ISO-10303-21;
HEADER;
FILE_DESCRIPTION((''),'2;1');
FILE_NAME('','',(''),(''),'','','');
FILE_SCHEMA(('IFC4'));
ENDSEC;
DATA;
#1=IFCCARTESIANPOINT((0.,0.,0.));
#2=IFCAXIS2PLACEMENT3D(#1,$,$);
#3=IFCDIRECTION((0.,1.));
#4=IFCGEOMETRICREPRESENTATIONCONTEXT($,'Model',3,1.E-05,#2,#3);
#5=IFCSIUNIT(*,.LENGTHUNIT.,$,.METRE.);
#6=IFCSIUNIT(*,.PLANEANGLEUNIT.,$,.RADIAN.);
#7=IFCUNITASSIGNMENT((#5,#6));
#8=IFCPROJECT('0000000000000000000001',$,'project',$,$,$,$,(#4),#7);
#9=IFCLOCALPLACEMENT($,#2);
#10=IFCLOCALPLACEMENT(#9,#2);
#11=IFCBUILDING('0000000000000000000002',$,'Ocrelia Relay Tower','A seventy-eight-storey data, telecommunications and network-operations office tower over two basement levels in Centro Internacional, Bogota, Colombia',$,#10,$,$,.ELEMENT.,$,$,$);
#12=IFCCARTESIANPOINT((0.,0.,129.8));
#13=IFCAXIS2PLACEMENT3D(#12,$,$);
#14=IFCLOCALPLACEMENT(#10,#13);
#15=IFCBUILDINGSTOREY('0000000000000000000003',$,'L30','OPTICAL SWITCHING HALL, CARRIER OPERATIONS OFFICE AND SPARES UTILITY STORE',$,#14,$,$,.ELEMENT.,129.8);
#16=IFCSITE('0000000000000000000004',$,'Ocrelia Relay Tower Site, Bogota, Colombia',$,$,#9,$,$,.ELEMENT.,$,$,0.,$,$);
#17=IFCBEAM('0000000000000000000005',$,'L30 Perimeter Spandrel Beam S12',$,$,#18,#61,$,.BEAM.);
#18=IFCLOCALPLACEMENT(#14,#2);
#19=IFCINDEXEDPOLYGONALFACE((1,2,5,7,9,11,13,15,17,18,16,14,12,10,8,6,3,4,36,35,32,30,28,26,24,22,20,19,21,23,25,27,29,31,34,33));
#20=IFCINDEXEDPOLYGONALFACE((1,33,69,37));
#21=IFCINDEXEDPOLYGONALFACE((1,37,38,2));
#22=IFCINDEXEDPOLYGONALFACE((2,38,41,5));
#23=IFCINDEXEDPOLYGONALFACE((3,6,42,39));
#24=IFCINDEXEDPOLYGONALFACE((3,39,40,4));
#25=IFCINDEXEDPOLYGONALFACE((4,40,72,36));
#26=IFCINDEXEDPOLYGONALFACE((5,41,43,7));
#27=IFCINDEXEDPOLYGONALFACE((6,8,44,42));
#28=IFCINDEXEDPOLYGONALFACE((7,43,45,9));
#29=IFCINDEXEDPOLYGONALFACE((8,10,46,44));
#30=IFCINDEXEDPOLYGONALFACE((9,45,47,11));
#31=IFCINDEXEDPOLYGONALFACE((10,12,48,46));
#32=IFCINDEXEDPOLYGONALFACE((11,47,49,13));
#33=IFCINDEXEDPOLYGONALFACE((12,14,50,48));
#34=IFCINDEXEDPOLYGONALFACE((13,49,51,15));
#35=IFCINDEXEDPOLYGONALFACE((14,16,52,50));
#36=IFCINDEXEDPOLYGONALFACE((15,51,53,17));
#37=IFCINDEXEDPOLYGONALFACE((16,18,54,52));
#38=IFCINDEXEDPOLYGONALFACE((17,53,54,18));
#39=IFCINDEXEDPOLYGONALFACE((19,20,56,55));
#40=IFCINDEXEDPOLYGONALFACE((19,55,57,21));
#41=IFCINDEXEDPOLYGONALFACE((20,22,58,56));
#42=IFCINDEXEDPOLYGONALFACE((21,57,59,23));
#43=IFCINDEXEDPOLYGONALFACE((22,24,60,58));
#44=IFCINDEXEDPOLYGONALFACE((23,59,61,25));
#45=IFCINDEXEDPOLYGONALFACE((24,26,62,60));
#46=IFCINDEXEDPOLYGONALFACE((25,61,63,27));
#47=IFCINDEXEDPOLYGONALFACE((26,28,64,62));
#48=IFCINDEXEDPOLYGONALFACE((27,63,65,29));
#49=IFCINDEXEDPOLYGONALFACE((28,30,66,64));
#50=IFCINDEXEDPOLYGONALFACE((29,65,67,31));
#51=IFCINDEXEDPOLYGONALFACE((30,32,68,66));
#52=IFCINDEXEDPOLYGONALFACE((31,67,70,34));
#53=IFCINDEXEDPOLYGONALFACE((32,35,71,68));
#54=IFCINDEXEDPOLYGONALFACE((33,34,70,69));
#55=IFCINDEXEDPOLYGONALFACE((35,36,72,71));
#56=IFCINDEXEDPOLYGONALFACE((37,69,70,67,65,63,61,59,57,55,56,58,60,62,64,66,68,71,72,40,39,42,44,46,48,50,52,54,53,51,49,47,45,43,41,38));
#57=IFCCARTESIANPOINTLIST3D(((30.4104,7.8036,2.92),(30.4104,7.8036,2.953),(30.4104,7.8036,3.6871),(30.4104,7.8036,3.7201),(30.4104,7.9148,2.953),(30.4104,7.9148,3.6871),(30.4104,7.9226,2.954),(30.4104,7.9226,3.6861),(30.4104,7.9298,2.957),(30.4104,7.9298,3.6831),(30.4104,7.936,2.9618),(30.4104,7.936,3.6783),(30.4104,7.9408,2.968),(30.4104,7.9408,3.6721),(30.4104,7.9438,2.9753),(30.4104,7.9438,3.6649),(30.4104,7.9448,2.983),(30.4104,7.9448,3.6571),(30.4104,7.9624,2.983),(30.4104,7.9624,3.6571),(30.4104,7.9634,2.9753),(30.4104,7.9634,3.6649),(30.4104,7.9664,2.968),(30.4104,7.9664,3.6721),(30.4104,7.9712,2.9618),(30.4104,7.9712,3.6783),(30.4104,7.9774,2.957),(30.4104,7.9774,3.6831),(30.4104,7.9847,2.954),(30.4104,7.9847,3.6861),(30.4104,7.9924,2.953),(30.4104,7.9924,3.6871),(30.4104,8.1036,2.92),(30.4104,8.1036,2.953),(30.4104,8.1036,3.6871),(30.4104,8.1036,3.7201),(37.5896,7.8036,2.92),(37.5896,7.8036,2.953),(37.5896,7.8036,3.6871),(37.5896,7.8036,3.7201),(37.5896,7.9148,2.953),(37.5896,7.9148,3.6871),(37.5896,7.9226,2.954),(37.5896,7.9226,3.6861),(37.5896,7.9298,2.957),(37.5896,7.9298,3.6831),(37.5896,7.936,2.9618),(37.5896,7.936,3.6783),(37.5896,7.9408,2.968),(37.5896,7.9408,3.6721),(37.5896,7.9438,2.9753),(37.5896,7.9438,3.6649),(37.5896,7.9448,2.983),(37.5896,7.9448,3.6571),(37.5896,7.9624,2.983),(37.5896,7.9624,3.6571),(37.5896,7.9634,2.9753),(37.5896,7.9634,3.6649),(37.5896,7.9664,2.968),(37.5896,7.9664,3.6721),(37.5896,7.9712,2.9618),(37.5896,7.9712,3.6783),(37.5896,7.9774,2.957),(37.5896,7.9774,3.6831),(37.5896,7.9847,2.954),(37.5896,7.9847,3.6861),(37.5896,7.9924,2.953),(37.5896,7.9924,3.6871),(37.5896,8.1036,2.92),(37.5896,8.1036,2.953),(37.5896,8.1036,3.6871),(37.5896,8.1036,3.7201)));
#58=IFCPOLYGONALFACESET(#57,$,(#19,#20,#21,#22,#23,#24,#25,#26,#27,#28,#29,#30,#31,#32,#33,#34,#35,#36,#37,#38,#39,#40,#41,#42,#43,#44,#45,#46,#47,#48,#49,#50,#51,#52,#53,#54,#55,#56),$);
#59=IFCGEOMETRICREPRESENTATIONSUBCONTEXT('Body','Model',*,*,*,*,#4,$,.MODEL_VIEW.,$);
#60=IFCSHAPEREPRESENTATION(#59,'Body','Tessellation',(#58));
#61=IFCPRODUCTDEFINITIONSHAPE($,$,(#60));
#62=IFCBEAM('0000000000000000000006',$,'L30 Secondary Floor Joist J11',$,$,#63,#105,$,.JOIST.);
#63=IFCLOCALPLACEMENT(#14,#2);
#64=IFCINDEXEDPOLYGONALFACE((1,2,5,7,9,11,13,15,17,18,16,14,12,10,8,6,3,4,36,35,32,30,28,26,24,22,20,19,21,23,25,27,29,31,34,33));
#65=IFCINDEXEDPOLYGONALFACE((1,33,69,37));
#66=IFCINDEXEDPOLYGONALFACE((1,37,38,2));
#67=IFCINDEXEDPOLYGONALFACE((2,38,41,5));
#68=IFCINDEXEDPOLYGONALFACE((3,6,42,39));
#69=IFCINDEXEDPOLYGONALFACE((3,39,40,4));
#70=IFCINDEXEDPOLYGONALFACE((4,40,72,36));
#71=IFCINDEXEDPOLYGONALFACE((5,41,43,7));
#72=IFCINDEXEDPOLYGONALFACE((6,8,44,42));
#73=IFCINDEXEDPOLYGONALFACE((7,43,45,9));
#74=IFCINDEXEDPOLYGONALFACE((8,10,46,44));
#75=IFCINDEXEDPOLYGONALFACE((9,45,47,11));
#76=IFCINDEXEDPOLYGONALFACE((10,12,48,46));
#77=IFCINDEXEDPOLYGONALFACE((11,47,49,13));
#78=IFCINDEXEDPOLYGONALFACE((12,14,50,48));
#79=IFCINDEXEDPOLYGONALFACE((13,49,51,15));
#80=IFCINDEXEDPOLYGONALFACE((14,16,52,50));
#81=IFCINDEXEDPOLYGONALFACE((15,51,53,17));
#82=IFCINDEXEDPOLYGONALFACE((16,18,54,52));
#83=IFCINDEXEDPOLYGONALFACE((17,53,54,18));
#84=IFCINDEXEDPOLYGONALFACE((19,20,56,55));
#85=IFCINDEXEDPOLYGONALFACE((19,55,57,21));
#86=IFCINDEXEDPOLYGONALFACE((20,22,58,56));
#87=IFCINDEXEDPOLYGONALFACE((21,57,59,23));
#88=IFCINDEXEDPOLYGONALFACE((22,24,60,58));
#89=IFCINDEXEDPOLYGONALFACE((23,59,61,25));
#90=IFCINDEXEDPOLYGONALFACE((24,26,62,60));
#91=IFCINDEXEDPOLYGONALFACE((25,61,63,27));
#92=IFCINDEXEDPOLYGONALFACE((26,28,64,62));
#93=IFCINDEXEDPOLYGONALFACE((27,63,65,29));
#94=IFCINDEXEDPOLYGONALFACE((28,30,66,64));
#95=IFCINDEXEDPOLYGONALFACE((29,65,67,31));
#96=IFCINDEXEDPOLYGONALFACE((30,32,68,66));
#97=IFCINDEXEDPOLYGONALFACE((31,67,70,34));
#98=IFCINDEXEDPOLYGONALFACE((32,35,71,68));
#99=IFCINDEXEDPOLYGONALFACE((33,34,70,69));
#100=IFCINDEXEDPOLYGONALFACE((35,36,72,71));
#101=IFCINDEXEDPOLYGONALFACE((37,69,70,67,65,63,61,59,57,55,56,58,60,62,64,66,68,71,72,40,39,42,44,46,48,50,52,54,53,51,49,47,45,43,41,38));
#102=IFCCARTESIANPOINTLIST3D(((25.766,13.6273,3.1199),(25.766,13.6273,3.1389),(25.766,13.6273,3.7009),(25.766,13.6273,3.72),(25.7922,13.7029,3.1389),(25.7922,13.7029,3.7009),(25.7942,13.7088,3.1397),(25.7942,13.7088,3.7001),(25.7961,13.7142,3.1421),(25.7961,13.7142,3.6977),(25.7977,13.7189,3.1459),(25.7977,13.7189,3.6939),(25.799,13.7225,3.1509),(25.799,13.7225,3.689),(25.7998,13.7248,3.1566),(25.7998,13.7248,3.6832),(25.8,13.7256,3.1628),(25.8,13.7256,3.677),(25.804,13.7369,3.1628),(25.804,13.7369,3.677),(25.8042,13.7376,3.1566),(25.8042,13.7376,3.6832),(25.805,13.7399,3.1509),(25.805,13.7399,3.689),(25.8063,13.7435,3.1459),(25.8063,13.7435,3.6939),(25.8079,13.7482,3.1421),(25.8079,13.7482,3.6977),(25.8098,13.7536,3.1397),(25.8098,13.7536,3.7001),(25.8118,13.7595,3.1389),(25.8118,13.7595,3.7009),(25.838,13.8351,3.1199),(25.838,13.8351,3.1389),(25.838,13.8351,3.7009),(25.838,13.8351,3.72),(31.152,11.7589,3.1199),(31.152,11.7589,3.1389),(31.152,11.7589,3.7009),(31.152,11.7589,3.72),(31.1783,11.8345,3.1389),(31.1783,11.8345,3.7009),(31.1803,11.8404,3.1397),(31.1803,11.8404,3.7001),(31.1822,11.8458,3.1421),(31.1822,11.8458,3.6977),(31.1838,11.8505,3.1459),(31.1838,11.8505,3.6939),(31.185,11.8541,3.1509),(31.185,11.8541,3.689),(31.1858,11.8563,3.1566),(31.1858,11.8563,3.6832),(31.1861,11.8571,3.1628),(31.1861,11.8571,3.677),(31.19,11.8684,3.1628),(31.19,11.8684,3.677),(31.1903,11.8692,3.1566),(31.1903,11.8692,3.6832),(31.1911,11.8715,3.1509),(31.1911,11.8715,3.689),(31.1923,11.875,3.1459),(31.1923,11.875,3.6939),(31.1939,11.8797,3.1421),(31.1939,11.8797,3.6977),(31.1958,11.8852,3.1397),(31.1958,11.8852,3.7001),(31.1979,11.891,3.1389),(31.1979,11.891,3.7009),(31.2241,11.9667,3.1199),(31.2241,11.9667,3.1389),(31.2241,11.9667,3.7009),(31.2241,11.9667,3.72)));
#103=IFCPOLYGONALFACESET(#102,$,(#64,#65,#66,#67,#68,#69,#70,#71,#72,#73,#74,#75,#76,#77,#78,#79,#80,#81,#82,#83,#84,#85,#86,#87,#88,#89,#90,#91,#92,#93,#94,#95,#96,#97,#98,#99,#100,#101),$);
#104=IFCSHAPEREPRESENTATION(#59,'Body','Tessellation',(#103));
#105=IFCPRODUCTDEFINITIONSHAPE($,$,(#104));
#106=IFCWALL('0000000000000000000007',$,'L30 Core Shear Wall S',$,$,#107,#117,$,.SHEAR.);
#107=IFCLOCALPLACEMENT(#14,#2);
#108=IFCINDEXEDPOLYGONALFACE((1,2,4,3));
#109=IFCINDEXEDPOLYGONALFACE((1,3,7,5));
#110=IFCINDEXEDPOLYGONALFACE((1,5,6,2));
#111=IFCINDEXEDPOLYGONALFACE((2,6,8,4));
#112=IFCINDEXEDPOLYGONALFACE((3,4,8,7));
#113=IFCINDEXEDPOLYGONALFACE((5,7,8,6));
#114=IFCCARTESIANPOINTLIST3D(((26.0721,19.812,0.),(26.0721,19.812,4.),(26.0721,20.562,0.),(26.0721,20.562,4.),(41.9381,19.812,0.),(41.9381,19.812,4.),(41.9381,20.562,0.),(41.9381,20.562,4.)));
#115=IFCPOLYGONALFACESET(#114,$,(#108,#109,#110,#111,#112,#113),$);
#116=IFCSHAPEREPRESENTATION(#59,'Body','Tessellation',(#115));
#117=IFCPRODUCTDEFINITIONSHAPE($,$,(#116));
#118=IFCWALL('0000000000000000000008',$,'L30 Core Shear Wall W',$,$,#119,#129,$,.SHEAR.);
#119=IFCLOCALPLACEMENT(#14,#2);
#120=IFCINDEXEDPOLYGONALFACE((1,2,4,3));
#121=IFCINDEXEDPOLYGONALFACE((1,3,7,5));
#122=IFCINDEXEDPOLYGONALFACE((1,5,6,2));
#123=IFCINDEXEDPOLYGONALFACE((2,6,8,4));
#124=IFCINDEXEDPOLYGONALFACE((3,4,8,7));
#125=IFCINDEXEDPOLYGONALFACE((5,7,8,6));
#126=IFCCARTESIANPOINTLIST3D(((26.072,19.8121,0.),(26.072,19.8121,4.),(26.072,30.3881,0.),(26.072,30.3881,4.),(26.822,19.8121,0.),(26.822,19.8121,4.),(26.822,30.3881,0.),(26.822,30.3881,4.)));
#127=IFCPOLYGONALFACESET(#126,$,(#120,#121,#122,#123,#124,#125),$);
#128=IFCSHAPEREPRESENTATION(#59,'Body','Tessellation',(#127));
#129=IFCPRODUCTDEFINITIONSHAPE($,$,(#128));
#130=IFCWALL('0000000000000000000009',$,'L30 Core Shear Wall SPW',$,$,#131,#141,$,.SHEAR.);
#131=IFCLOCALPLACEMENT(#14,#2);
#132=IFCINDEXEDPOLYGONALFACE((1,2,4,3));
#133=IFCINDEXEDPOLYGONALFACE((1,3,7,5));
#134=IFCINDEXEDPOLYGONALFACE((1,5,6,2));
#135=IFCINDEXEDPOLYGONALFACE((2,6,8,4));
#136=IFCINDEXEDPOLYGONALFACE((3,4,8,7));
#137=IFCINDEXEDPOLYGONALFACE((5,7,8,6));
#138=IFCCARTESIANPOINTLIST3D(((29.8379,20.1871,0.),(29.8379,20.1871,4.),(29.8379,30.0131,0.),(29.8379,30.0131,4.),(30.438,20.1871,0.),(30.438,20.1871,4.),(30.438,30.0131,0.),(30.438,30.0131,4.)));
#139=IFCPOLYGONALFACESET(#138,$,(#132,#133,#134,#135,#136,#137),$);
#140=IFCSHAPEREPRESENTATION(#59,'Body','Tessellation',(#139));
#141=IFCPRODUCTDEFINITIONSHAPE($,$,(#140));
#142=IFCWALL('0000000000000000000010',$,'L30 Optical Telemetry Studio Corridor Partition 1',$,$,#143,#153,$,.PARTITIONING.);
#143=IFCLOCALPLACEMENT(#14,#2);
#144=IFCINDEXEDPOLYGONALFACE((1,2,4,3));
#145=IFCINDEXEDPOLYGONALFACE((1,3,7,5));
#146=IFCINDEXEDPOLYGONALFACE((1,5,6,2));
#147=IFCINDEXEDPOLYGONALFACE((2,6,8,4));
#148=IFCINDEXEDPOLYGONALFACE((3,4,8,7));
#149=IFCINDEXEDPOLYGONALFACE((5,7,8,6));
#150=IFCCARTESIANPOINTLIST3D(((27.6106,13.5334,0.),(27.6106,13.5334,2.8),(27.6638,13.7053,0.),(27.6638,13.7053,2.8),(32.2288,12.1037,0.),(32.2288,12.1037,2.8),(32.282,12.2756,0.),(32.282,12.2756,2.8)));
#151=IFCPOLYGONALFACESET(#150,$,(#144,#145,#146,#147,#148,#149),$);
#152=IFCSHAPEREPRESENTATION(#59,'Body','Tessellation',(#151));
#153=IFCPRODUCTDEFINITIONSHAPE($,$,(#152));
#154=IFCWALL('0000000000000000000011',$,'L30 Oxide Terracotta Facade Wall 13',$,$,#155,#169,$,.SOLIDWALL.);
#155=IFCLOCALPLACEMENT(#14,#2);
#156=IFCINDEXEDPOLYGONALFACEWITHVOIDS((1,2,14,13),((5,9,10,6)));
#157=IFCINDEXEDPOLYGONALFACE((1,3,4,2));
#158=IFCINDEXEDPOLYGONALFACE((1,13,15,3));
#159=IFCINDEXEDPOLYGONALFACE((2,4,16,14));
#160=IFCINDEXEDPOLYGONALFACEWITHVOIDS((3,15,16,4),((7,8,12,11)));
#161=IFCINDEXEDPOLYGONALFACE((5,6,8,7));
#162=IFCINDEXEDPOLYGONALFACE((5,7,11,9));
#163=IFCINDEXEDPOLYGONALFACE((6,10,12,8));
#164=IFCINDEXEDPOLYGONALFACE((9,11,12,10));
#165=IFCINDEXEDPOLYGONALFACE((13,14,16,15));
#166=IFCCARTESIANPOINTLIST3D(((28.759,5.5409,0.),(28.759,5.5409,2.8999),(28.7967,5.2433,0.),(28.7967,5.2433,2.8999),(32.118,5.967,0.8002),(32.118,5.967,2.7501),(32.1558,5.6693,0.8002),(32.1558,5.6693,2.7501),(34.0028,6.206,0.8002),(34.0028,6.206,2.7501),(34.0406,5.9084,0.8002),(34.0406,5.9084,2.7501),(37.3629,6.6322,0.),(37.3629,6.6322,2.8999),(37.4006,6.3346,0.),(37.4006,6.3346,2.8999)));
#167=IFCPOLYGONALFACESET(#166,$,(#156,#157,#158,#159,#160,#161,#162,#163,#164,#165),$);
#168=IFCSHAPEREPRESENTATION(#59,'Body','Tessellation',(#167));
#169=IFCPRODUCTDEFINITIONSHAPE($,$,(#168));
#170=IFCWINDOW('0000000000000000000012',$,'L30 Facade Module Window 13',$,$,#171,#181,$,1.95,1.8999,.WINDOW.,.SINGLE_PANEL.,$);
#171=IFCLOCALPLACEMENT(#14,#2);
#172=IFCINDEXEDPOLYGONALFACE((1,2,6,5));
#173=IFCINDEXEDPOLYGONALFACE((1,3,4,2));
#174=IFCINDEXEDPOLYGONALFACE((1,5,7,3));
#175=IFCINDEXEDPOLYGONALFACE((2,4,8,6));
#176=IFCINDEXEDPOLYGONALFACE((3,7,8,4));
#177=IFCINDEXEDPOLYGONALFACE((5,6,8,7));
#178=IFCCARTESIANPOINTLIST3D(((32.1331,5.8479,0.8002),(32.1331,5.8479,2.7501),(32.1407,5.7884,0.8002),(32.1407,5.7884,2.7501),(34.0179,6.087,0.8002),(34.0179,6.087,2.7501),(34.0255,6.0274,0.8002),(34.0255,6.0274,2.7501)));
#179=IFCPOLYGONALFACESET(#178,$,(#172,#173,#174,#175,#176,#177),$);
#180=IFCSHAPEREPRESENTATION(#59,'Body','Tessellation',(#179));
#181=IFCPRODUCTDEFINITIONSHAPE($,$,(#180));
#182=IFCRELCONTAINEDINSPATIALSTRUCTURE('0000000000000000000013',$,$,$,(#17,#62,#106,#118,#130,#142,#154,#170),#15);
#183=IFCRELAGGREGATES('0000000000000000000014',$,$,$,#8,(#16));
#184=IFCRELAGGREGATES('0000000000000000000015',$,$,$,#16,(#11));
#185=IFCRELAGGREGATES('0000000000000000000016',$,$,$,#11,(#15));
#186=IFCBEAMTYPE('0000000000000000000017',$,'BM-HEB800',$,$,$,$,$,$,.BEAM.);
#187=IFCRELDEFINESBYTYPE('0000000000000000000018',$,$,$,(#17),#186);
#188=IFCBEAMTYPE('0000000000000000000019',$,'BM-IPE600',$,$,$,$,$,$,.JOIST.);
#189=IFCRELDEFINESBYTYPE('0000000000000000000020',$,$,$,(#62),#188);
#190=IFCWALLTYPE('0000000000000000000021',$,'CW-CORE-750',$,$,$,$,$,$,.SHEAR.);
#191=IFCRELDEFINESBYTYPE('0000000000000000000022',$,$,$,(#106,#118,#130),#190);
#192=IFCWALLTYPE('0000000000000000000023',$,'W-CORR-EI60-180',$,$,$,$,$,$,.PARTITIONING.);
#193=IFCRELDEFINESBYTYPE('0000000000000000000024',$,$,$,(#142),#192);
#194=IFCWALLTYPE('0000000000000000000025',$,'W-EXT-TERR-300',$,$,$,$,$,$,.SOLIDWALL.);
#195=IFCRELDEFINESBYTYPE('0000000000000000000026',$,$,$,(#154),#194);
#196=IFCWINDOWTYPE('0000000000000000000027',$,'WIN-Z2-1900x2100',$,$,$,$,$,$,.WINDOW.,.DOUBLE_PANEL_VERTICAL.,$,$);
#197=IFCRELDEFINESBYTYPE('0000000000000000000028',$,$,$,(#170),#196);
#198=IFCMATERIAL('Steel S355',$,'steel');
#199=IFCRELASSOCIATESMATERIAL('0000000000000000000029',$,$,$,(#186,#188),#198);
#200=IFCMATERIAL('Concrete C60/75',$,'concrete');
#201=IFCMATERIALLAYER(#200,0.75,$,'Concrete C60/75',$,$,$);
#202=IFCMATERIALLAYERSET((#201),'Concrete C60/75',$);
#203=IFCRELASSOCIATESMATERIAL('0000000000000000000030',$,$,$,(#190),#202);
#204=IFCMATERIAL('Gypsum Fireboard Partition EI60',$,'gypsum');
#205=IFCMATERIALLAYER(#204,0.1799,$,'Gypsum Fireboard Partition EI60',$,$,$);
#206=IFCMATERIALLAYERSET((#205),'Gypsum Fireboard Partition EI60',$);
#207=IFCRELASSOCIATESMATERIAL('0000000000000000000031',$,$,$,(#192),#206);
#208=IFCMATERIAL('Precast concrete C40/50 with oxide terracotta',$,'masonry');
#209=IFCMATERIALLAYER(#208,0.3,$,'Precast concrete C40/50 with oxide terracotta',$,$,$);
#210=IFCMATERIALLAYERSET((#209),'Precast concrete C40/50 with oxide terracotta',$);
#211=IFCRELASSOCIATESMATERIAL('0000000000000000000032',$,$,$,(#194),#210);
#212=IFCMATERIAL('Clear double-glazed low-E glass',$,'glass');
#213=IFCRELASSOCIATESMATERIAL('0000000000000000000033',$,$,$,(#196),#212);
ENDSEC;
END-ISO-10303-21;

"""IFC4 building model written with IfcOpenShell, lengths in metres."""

from ifc_helpers import new_model, si_unit, direction, frame, frame_2d, origin, origin_2d, place, context, subcontext, project, spatial, rectangle, i_section, extrude, material, layer, layer_set, material_profile, profile_set, type_object, element, fill, save


model = new_model("IFC4")

# Units and contexts
model_context = context("Model", 3, precision=1e-05, world=origin(), true_north=direction((0.0, 1.0)))
body_context = subcontext(model_context, "Body", "Model", "MODEL_VIEW")
ifc_project = project(units=[si_unit("LENGTHUNIT", "METRE"), si_unit("PLANEANGLEUNIT", "RADIAN")], contexts=[model_context])

# Site, building, storey
site_placement = place(None, origin())
site = spatial("IfcSite", under=ifc_project, at=site_placement, Name="Ocrelia Relay Tower Site, Bogota, Colombia", CompositionType="ELEMENT", RefElevation=0.0)
building_placement = place(site_placement, origin())
building = spatial("IfcBuilding", under=site, at=building_placement, Name="Ocrelia Relay Tower", Description="A seventy-eight-storey data, telecommunications and network-operations office tower over two basement levels in Centro Internacional, Bogota, Colombia", CompositionType="ELEMENT")
storey_placement = place(building_placement, frame((0.0, 0.0, 129.8)))
storey = spatial("IfcBuildingStorey", under=building, at=storey_placement, Name="L30", Description="OPTICAL SWITCHING HALL, CARRIER OPERATIONS OFFICE AND SPARES UTILITY STORE", CompositionType="ELEMENT", Elevation=129.8)

# Shared definitions
ifc_material_1 = material(Name="Concrete C60/75", Category="concrete")

# Beams
ifc_material_2 = material(Name="Steel S355", Category="steel")
ifc_material_profile_1 = material_profile(ifc_material_2, i_section(OverallWidth=0.3, OverallDepth=0.8, WebThickness=0.0176, FlangeThickness=0.033, FilletRadius=0.03, at=origin_2d()), Name="HEB 800")
ifc_profile_set_1 = profile_set([ifc_material_profile_1], Name="Steel S355")
beam_type_1 = type_object("IfcBeamType", Name="BM-HEB800", PredefinedType="BEAM", material=ifc_profile_set_1)
for number, where, z_axis, x_axis, name in (
    (1, (30.4104, 7.9536, 3.3201), (1.0, 0.0, 0.0), (0.0, 1.0, 0.0), "L30 Perimeter Spandrel Beam S12"),
):
    element("IfcBeam", number, at=place(storey_placement, frame(where, z_axis=z_axis, x_axis=x_axis)), inside=storey, type_object=beam_type_1, Name=name, PredefinedType="BEAM", context=body_context, shape_type="SweptSolid", body=[
        extrude(i_section(OverallWidth=0.3, OverallDepth=0.8, WebThickness=0.0176, FlangeThickness=0.033, FilletRadius=0.03, at=origin_2d()), origin(), (0.0, 0.0, 1.0), 7.1792),
    ])
ifc_material_profile_2 = material_profile(ifc_material_2, i_section(OverallWidth=0.22, OverallDepth=0.6001, WebThickness=0.012, FlangeThickness=0.019, FilletRadius=0.0239, at=origin_2d()), Name="IPE 600")
ifc_profile_set_2 = profile_set([ifc_material_profile_2], Name="Steel S355")
beam_type_2 = type_object("IfcBeamType", Name="BM-IPE600", PredefinedType="JOIST", material=ifc_profile_set_2)
beam_1_placement = place(storey_placement, frame((25.802, 13.7312, 3.4199), z_axis=(0.944767, -0.327741, 0.0), x_axis=(0.327741, 0.944767, 0.0)))
element("IfcBeam", 2, at=beam_1_placement, inside=storey, type_object=beam_type_2, Name="L30 Secondary Floor Joist J11", PredefinedType="JOIST", context=body_context, shape_type="SweptSolid", body=[
    extrude(i_section(OverallWidth=0.22, OverallDepth=0.6001, WebThickness=0.012, FlangeThickness=0.019, FilletRadius=0.0239, at=origin_2d()), origin(), (0.0, 0.0, 1.0), 5.7009),
])

# Walls
ifc_layer_1 = layer(ifc_material_1, 0.75, Name="Concrete C60/75")
ifc_layer_set_1 = layer_set([ifc_layer_1], Name="Concrete C60/75")
wall_type_1 = type_object("IfcWallType", Name="CW-CORE-750", PredefinedType="SHEAR", material=ifc_layer_set_1)
wall_1_placement = place(storey_placement, frame((26.072, 20.187, 0.0), z_axis=(0.0, 0.0, 1.0), x_axis=(1.0, 0.0, 0.0)))
element("IfcWall", 3, at=wall_1_placement, inside=storey, type_object=wall_type_1, Name="L30 Core Shear Wall S", PredefinedType="SHEAR", context=body_context, shape_type="SweptSolid", body=[
    extrude(rectangle(XDim=15.866, YDim=0.75, at=frame_2d((7.9331, 0.0))), origin(), (0.0, 0.0, 1.0), 4.0),
])
wall_2_placement = place(storey_placement, frame((26.447, 19.812, 0.0), z_axis=(0.0, 0.0, 1.0), x_axis=(0.0, 1.0, 0.0)))
element("IfcWall", 4, at=wall_2_placement, inside=storey, type_object=wall_type_1, Name="L30 Core Shear Wall W", PredefinedType="SHEAR", context=body_context, shape_type="SweptSolid", body=[
    extrude(rectangle(XDim=10.5759, YDim=0.75, at=frame_2d((5.2881, 0.0))), origin(), (0.0, 0.0, 1.0), 4.0),
])
wall_3_placement = place(storey_placement, frame((30.1379, 20.187, 0.0), z_axis=(0.0, 0.0, 1.0), x_axis=(0.0, 1.0, 0.0)))
element("IfcWall", 5, at=wall_3_placement, inside=storey, type_object=wall_type_1, Name="L30 Core Shear Wall SPW", PredefinedType="SHEAR", context=body_context, shape_type="SweptSolid", body=[
    extrude(rectangle(XDim=9.8259, YDim=0.6001, at=frame_2d((4.9131, 0.0))), origin(), (0.0, 0.0, 1.0), 4.0),
])

# Shared definitions
ifc_material_3 = material(Name="Gypsum Fireboard Partition EI60", Category="gypsum")
ifc_layer_2 = layer(ifc_material_3, 0.1799, Name="Gypsum Fireboard Partition EI60")
ifc_layer_set_2 = layer_set([ifc_layer_2], Name="Gypsum Fireboard Partition EI60")
wall_type_2 = type_object("IfcWallType", Name="W-CORR-EI60-180", PredefinedType="PARTITIONING", material=ifc_layer_set_2)

# Wall
wall_4_placement = place(storey_placement, frame((27.6372, 13.6194, 0.0), z_axis=(0.0, 0.0, 1.0), x_axis=(0.955271, -0.295732, 0.0)))
element("IfcWall", 6, at=wall_4_placement, inside=storey, type_object=wall_type_2, Name="L30 Optical Telemetry Studio Corridor Partition 1", PredefinedType="PARTITIONING", context=body_context, shape_type="SweptSolid", body=[
    extrude(rectangle(XDim=4.8345, YDim=0.1799, at=frame_2d((2.4172, 0.0))), origin(), (0.0, 0.0, 1.0), 2.8),
])

# Wall, opening, window
ifc_material_4 = material(Name="Precast concrete C40/50 with oxide terracotta", Category="masonry")
ifc_layer_3 = layer(ifc_material_4, 0.3, Name="Precast concrete C40/50 with oxide terracotta")
ifc_layer_set_3 = layer_set([ifc_layer_3], Name="Precast concrete C40/50 with oxide terracotta")
wall_type_3 = type_object("IfcWallType", Name="W-EXT-TERR-300", PredefinedType="SOLIDWALL", material=ifc_layer_set_3)
wall_5_placement = place(storey_placement, frame((28.7778, 5.3921, 0.0), z_axis=(0.0, 0.0, 1.0), x_axis=(0.992052, 0.125829, 0.0)))
wall_5 = element("IfcWall", 7, at=wall_5_placement, inside=storey, type_object=wall_type_3, Name="L30 Oxide Terracotta Facade Wall 13", PredefinedType="SOLIDWALL", context=body_context, shape_type="SweptSolid", body=[
    extrude(rectangle(XDim=8.6729, YDim=0.3, at=frame_2d((4.3364, 0.0))), origin(), (0.0, 0.0, 1.0), 2.8999),
])
opening_1_placement = place(wall_5_placement, frame((3.386, 0.0, 0.8)))
opening_1 = element("IfcOpeningElement", 8, at=opening_1_placement, cuts=wall_5, PredefinedType="OPENING", context=body_context, shape_type="SweptSolid", body=[
    extrude(rectangle(XDim=1.8999, YDim=1.95, at=frame_2d((0.95, 0.9751))), frame((0.0, 0.1602, 0.0), z_axis=(0.0, -1.0, 0.0), x_axis=(1.0, 0.0, 0.0)), (0.0, 0.0, 1.0), 0.3201),
])
ifc_material_5 = material(Name="Clear double-glazed low-E glass", Category="glass")
window_type = type_object("IfcWindowType", Name="WIN-Z2-1900x2100", PartitioningType="DOUBLE_PANEL_VERTICAL", PredefinedType="WINDOW", material=ifc_material_5)
window_placement = place(opening_1_placement, origin())
window = element("IfcWindow", 9, at=window_placement, inside=storey, type_object=window_type, Name="L30 Facade Module Window 13", OverallHeight=1.95, OverallWidth=1.8999, PartitioningType="SINGLE_PANEL", PredefinedType="WINDOW", context=body_context, shape_type="SweptSolid", body=[
    extrude(rectangle(XDim=1.8999, YDim=1.95, at=frame_2d((0.95, 0.9751))), frame((0.0, 0.03, 0.0), z_axis=(0.0, -1.0, 0.0), x_axis=(1.0, 0.0, 0.0)), (0.0, 0.0, 1.0), 0.0601),
])
fill(opening_1, window)

save(model, "model.ifc")
